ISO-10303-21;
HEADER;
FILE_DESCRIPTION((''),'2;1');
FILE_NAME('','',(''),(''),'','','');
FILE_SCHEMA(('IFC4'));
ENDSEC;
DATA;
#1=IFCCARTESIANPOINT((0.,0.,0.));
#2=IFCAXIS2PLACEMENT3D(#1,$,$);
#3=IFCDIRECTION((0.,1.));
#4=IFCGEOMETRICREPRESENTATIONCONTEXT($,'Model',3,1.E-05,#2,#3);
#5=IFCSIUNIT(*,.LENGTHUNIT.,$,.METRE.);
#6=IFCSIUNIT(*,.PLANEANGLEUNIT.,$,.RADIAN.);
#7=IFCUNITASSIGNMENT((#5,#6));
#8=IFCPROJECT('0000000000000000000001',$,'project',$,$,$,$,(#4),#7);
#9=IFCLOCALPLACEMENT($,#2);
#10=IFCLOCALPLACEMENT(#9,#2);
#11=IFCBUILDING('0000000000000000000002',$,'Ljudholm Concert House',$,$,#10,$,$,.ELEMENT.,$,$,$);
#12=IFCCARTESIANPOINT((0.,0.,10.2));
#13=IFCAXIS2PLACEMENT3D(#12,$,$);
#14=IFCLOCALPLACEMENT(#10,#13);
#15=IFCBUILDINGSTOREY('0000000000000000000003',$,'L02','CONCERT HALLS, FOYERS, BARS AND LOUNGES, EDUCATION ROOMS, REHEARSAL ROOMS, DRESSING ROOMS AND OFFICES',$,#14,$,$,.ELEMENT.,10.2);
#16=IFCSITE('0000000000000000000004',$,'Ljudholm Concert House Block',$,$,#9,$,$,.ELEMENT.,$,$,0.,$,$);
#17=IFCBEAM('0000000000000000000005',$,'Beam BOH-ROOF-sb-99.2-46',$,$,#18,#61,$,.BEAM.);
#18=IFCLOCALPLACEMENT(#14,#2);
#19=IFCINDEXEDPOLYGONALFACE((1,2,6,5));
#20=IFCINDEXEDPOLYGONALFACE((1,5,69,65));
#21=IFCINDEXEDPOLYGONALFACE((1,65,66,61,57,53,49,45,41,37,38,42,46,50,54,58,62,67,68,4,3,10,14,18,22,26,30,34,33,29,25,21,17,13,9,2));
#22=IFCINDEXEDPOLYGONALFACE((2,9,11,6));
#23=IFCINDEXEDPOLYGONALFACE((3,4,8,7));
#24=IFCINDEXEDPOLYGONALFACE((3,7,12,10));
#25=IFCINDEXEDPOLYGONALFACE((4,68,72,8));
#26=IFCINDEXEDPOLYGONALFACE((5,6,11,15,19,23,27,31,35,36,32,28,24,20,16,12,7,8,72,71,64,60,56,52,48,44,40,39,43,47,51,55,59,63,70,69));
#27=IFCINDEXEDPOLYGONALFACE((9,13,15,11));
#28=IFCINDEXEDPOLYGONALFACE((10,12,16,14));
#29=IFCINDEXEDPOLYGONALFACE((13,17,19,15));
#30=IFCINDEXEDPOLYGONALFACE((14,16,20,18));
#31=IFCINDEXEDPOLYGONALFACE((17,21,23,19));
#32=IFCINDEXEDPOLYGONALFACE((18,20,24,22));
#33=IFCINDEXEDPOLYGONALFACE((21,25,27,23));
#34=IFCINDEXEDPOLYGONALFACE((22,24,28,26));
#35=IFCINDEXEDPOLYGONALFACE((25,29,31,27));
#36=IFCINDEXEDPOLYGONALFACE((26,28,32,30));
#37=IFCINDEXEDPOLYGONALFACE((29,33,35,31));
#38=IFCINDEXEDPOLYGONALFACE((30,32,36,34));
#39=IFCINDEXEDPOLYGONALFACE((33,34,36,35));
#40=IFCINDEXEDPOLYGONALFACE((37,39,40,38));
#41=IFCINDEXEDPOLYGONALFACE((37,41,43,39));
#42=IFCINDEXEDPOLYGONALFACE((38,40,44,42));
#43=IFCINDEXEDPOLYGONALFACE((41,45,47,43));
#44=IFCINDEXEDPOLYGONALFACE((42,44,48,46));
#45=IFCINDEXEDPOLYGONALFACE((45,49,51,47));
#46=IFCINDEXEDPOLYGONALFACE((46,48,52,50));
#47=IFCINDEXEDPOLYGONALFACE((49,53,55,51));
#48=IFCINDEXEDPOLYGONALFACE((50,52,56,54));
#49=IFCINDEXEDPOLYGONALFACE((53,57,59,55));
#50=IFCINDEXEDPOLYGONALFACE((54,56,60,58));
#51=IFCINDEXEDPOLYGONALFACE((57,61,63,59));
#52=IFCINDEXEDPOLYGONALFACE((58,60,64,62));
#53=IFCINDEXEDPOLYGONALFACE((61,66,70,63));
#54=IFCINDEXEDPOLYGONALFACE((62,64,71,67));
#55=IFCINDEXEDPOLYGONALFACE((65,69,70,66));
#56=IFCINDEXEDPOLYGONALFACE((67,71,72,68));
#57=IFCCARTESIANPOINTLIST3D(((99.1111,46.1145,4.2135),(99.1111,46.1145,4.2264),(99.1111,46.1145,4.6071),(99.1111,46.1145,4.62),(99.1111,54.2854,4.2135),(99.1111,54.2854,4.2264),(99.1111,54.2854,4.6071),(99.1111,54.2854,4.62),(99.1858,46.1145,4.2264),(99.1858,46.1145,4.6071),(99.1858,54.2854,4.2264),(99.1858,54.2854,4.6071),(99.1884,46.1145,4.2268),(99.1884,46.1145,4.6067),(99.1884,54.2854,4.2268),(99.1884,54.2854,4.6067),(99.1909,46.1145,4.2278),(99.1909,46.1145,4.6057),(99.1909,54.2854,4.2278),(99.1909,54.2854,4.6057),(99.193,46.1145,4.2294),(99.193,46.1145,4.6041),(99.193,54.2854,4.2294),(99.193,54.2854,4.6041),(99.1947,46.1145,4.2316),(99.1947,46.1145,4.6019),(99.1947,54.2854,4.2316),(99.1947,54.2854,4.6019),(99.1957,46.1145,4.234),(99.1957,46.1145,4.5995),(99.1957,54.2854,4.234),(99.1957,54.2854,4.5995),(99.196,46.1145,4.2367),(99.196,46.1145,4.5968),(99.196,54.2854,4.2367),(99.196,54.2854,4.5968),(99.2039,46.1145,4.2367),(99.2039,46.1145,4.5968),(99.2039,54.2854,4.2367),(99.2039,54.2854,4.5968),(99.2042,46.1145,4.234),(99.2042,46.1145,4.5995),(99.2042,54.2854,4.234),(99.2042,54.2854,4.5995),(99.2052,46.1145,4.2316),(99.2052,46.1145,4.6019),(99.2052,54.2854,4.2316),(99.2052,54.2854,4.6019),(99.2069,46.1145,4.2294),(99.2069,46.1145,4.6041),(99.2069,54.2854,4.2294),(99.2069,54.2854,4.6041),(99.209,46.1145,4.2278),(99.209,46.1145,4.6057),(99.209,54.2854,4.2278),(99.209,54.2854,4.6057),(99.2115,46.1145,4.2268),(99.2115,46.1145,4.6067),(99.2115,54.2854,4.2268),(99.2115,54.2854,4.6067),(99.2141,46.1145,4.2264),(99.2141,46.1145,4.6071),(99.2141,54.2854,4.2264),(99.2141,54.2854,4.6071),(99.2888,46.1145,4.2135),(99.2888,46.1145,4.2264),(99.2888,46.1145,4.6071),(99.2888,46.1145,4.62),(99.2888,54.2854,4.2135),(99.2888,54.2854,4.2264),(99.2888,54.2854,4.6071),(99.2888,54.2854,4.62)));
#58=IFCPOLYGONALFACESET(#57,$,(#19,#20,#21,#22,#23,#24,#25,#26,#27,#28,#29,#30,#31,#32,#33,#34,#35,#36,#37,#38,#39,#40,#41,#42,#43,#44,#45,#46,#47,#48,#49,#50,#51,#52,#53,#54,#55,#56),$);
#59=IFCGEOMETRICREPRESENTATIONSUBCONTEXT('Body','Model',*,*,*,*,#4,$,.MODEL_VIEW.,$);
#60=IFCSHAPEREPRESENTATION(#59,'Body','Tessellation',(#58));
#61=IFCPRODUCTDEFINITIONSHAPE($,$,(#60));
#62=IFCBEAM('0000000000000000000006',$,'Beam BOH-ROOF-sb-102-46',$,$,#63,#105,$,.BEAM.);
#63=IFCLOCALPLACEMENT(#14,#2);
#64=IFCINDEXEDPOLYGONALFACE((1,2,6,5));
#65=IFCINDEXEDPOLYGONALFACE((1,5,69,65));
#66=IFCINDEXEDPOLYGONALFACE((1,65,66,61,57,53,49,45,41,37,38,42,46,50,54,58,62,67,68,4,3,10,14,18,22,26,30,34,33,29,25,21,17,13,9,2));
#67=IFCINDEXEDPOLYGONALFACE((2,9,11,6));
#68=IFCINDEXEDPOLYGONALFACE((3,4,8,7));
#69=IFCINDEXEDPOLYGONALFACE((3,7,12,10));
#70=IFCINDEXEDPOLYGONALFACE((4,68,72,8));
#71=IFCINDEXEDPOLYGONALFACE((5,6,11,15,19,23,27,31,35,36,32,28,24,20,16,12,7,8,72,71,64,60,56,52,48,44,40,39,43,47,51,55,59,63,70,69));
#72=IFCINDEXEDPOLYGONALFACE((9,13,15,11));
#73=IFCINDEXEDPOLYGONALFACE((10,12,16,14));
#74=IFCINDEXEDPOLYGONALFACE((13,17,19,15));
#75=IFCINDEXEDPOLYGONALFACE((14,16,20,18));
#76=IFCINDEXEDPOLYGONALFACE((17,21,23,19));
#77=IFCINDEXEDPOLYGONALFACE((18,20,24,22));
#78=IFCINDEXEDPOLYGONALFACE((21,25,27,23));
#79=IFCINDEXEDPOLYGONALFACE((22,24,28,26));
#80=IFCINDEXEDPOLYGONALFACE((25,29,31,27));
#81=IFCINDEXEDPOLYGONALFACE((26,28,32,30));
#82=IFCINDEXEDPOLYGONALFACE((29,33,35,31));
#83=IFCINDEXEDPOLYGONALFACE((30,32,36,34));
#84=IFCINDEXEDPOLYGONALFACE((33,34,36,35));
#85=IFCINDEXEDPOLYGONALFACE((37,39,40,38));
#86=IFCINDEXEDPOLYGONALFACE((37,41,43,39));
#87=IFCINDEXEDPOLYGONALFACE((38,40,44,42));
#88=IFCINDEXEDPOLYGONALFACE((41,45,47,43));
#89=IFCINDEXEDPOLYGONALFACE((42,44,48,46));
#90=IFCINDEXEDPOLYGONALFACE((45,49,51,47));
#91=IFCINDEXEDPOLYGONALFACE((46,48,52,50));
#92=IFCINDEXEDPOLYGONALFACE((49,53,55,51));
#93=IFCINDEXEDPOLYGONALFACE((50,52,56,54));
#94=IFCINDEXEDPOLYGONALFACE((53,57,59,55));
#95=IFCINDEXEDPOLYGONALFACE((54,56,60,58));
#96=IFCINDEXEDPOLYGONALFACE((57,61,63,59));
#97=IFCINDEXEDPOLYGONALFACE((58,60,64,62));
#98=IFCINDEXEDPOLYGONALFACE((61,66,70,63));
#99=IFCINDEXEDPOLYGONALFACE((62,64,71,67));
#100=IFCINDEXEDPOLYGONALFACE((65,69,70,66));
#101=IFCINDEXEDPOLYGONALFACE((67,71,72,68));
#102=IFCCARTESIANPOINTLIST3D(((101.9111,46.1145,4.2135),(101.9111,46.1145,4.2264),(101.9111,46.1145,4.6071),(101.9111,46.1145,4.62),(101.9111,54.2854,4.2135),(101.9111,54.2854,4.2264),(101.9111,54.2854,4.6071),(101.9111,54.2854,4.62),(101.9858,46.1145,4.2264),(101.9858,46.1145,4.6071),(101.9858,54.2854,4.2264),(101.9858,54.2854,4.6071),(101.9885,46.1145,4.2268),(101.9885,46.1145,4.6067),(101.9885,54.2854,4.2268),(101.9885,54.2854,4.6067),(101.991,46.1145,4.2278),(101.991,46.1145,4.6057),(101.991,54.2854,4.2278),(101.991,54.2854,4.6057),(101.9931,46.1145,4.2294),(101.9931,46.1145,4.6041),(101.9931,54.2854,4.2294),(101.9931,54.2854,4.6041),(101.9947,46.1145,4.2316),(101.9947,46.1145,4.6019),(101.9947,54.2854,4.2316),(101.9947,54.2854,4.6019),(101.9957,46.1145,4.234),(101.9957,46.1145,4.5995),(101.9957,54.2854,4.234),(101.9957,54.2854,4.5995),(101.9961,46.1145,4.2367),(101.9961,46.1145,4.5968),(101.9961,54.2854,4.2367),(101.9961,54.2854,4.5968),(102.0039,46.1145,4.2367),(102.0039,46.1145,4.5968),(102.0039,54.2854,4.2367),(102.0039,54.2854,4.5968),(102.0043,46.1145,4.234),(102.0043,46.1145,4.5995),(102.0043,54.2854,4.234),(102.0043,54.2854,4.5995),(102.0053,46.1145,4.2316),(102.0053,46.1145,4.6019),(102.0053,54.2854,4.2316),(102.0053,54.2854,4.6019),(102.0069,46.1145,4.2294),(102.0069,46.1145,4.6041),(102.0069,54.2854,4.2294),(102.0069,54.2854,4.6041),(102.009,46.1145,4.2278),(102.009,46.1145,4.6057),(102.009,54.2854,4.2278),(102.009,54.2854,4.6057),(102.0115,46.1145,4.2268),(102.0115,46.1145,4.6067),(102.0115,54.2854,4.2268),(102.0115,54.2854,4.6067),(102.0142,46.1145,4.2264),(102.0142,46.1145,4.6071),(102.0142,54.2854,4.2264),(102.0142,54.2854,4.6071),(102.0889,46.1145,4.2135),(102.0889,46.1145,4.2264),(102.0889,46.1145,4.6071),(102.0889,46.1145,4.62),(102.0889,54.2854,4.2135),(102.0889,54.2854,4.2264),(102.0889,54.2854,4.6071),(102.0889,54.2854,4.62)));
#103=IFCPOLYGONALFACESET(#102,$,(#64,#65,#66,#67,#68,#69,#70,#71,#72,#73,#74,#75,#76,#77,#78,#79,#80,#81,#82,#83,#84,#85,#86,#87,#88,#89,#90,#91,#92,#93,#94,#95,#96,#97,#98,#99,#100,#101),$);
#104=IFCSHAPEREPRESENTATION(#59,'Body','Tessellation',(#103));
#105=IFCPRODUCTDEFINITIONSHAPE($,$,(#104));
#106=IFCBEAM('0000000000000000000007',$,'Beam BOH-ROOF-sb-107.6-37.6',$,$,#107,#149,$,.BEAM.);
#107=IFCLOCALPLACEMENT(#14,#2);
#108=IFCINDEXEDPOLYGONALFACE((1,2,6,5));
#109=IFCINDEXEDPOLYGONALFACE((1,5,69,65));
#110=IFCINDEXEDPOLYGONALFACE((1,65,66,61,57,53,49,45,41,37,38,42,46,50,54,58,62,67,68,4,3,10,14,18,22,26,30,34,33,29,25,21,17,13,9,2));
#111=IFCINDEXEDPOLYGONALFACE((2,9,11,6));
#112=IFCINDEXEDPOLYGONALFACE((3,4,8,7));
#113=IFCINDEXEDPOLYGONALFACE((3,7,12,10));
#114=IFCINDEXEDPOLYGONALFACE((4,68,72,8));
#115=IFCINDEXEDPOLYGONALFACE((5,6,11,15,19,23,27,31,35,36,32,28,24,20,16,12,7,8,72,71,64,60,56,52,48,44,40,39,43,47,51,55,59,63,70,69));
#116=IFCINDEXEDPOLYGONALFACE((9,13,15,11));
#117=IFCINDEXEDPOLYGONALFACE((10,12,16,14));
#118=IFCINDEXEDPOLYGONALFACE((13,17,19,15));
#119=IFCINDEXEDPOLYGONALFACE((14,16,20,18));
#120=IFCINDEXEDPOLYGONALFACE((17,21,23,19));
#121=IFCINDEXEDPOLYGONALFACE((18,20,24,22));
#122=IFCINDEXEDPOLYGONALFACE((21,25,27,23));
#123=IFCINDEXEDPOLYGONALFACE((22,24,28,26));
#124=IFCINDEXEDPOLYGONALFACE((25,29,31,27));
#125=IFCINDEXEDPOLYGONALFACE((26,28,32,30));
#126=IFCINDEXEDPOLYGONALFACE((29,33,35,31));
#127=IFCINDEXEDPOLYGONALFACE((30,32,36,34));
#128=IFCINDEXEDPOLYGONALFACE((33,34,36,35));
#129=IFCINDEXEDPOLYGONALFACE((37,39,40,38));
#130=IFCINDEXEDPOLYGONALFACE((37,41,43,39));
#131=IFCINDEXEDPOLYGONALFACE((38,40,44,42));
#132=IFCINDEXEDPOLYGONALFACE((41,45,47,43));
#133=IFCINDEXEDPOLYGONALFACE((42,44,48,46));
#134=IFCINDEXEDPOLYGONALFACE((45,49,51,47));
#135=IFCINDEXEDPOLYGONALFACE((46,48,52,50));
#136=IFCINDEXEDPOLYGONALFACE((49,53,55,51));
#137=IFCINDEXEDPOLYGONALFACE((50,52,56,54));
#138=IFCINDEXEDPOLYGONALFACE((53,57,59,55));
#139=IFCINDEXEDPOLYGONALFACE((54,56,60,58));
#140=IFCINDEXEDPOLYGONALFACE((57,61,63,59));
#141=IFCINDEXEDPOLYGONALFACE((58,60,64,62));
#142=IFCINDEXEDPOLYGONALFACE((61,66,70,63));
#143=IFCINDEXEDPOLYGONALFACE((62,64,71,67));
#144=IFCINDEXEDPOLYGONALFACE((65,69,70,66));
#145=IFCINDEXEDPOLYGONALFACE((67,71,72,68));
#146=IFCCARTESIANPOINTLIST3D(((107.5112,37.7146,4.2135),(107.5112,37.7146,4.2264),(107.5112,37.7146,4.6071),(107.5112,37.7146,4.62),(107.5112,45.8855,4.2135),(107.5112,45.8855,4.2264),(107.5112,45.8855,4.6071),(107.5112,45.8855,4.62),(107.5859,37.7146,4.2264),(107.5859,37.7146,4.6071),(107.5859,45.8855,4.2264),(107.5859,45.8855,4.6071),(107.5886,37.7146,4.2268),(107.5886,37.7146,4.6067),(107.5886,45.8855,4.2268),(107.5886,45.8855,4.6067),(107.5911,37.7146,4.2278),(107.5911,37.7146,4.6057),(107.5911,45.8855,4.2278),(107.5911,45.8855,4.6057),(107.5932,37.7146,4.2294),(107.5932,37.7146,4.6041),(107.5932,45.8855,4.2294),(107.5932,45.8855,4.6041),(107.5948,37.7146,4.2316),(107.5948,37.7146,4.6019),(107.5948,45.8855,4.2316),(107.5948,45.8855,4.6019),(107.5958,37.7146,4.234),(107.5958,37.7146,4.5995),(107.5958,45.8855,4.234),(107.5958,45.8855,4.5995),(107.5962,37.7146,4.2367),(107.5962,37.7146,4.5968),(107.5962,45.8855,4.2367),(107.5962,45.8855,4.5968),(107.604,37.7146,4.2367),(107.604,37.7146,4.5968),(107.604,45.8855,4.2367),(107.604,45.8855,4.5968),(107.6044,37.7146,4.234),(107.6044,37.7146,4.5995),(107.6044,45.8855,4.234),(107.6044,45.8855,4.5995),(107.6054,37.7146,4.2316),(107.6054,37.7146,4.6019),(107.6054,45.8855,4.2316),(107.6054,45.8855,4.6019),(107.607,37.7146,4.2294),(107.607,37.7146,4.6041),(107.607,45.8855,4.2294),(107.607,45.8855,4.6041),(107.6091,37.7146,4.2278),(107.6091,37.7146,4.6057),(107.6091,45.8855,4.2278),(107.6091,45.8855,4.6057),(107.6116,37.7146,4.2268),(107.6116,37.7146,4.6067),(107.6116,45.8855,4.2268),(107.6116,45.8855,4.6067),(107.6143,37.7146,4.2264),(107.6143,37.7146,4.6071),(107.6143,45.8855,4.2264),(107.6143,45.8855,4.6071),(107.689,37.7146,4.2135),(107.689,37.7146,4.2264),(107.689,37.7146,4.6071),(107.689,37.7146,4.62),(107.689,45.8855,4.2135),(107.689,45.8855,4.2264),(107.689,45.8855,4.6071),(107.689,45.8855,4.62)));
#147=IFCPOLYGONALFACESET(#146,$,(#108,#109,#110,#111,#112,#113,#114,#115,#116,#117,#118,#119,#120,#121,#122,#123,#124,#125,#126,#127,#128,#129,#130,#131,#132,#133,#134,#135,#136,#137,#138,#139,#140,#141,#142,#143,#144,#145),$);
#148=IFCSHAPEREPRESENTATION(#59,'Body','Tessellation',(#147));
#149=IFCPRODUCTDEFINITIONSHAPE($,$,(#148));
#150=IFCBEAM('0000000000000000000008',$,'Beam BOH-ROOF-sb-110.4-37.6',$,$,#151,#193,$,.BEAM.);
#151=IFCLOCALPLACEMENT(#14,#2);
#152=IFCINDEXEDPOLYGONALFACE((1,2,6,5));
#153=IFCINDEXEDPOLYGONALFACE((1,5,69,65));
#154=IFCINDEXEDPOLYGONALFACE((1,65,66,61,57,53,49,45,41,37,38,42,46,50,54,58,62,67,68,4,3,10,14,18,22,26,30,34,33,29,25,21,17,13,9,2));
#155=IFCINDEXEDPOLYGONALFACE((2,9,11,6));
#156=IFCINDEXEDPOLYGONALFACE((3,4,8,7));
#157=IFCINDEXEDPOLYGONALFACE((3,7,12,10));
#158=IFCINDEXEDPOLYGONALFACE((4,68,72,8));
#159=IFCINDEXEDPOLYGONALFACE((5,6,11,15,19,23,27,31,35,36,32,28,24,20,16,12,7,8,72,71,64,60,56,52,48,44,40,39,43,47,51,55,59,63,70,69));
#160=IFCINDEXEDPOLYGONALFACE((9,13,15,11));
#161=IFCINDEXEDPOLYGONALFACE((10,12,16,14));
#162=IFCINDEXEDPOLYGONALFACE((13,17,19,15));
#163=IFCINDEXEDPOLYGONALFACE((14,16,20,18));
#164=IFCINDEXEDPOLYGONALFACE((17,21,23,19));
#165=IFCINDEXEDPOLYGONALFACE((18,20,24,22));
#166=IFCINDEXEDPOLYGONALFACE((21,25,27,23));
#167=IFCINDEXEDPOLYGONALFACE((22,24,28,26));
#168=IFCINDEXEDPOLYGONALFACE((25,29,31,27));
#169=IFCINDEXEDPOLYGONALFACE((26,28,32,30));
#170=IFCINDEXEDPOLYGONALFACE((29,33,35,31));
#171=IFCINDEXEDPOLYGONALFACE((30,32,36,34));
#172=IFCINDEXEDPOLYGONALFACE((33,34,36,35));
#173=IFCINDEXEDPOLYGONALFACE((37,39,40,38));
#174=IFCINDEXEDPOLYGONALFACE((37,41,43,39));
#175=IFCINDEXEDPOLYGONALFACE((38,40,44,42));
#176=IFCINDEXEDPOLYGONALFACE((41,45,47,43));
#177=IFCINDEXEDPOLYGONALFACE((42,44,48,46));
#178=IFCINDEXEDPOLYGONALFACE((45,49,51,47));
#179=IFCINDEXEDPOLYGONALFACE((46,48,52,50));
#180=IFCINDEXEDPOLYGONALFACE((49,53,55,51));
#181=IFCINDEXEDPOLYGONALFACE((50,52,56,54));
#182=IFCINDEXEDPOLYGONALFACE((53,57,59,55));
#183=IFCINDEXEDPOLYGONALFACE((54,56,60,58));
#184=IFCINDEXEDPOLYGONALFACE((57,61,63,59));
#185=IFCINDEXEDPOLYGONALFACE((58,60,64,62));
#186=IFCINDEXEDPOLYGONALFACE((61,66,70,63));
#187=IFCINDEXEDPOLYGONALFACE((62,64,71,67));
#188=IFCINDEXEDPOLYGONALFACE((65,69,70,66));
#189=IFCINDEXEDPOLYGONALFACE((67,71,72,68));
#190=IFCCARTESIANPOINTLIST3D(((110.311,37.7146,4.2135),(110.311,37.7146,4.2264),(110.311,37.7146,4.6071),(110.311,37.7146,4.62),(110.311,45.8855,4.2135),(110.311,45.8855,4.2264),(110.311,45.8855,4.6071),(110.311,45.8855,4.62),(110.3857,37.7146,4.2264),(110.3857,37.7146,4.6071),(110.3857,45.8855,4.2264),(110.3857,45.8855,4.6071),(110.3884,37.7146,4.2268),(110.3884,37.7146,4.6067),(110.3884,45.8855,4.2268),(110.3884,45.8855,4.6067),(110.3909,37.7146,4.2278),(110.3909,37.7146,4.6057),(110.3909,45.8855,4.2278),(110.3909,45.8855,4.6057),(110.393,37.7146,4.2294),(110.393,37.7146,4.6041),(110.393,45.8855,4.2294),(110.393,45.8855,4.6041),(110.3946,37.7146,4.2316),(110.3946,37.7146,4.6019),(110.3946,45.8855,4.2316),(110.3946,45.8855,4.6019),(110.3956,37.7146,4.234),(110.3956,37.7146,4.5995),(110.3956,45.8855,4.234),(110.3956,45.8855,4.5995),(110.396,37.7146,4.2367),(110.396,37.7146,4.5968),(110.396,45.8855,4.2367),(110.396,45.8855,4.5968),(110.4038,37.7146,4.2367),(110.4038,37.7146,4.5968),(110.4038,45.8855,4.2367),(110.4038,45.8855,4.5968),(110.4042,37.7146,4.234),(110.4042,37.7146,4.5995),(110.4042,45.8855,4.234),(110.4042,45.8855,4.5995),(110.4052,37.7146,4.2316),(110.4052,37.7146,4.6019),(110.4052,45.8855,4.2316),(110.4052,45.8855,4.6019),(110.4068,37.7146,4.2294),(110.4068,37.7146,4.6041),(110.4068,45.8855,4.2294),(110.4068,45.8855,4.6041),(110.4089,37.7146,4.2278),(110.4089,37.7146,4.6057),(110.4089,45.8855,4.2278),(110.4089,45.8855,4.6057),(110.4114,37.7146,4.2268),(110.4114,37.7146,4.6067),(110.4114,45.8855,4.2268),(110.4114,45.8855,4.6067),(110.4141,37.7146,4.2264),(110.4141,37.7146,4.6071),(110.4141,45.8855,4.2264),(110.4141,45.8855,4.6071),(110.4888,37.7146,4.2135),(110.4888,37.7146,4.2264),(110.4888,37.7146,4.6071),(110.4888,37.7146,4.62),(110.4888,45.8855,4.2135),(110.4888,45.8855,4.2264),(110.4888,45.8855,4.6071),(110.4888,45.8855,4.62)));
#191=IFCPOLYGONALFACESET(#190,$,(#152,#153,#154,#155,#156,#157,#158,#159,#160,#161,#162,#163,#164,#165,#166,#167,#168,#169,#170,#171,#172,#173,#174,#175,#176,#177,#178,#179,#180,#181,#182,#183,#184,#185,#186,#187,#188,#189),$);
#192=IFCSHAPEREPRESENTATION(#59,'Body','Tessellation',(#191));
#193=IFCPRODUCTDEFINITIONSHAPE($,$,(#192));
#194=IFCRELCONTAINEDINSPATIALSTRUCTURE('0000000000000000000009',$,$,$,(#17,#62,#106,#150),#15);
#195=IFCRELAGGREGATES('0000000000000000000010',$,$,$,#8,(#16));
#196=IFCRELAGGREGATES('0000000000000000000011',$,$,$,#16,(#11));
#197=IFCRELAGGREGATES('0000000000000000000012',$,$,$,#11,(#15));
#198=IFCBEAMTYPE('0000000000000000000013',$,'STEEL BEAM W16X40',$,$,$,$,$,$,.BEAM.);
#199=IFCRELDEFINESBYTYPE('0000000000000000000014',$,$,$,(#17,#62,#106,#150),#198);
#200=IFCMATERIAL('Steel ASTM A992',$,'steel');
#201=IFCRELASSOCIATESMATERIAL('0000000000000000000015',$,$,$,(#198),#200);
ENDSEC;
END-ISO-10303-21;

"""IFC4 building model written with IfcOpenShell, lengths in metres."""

from ifc_helpers import new_model, si_unit, direction, frame, origin, origin_2d, place, context, subcontext, project, spatial, i_section, extrude, material, material_profile, profile_set, type_object, element, save


model = new_model("IFC4")

# Units and contexts
model_context = context("Model", 3, precision=1e-05, world=origin(), true_north=direction((0.0, 1.0)))
body_context = subcontext(model_context, "Body", "Model", "MODEL_VIEW")
ifc_project = project(units=[si_unit("LENGTHUNIT", "METRE"), si_unit("PLANEANGLEUNIT", "RADIAN")], contexts=[model_context])

# Site, building, storey
site_placement = place(None, origin())
site = spatial("IfcSite", under=ifc_project, at=site_placement, Name="Ljudholm Concert House Block", CompositionType="ELEMENT", RefElevation=0.0)
building_placement = place(site_placement, origin())
building = spatial("IfcBuilding", under=site, at=building_placement, Name="Ljudholm Concert House", CompositionType="ELEMENT")
storey_placement = place(building_placement, frame((0.0, 0.0, 10.2)))
storey = spatial("IfcBuildingStorey", under=building, at=storey_placement, Name="L02", Description="CONCERT HALLS, FOYERS, BARS AND LOUNGES, EDUCATION ROOMS, REHEARSAL ROOMS, DRESSING ROOMS AND OFFICES", CompositionType="ELEMENT", Elevation=10.2)

# Beams
ifc_material_1 = material(Name="Steel ASTM A992", Category="steel")
ifc_material_profile_1 = material_profile(ifc_material_1, i_section(OverallWidth=0.1777, OverallDepth=0.4065, WebThickness=0.0078, FlangeThickness=0.0129, FilletRadius=0.0103, at=origin_2d()), Name="W16X40")
ifc_profile_set_1 = profile_set([ifc_material_profile_1], Name="Steel ASTM A992")
beam_type_1 = type_object("IfcBeamType", Name="STEEL BEAM W16X40", PredefinedType="BEAM", material=ifc_profile_set_1)
for number, where, z_axis, x_axis, name in (
    (1, (99.2, 46.1145, 4.4167), (0.0, 1.0, 0.0), (-1.0, 0.0, 0.0), "Beam BOH-ROOF-sb-99.2-46"),
    (2, (102.0, 46.1145, 4.4167), (0.0, 1.0, 0.0), (-1.0, 0.0, 0.0), "Beam BOH-ROOF-sb-102-46"),
    (3, (107.6001, 37.7146, 4.4167), (0.0, 1.0, 0.0), (-1.0, 0.0, 0.0), "Beam BOH-ROOF-sb-107.6-37.6"),
    (4, (110.3999, 37.7146, 4.4167), (0.0, 1.0, 0.0), (-1.0, 0.0, 0.0), "Beam BOH-ROOF-sb-110.4-37.6"),
):
    element("IfcBeam", number, at=place(storey_placement, frame(where, z_axis=z_axis, x_axis=x_axis)), inside=storey, type_object=beam_type_1, Name=name, PredefinedType="BEAM", context=body_context, shape_type="SweptSolid", body=[
        extrude(i_section(OverallWidth=0.1777, OverallDepth=0.4065, WebThickness=0.0078, FlangeThickness=0.0129, FilletRadius=0.0103, at=origin_2d()), origin(), (0.0, 0.0, 1.0), 8.1709),
    ])

save(model, "model.ifc")
